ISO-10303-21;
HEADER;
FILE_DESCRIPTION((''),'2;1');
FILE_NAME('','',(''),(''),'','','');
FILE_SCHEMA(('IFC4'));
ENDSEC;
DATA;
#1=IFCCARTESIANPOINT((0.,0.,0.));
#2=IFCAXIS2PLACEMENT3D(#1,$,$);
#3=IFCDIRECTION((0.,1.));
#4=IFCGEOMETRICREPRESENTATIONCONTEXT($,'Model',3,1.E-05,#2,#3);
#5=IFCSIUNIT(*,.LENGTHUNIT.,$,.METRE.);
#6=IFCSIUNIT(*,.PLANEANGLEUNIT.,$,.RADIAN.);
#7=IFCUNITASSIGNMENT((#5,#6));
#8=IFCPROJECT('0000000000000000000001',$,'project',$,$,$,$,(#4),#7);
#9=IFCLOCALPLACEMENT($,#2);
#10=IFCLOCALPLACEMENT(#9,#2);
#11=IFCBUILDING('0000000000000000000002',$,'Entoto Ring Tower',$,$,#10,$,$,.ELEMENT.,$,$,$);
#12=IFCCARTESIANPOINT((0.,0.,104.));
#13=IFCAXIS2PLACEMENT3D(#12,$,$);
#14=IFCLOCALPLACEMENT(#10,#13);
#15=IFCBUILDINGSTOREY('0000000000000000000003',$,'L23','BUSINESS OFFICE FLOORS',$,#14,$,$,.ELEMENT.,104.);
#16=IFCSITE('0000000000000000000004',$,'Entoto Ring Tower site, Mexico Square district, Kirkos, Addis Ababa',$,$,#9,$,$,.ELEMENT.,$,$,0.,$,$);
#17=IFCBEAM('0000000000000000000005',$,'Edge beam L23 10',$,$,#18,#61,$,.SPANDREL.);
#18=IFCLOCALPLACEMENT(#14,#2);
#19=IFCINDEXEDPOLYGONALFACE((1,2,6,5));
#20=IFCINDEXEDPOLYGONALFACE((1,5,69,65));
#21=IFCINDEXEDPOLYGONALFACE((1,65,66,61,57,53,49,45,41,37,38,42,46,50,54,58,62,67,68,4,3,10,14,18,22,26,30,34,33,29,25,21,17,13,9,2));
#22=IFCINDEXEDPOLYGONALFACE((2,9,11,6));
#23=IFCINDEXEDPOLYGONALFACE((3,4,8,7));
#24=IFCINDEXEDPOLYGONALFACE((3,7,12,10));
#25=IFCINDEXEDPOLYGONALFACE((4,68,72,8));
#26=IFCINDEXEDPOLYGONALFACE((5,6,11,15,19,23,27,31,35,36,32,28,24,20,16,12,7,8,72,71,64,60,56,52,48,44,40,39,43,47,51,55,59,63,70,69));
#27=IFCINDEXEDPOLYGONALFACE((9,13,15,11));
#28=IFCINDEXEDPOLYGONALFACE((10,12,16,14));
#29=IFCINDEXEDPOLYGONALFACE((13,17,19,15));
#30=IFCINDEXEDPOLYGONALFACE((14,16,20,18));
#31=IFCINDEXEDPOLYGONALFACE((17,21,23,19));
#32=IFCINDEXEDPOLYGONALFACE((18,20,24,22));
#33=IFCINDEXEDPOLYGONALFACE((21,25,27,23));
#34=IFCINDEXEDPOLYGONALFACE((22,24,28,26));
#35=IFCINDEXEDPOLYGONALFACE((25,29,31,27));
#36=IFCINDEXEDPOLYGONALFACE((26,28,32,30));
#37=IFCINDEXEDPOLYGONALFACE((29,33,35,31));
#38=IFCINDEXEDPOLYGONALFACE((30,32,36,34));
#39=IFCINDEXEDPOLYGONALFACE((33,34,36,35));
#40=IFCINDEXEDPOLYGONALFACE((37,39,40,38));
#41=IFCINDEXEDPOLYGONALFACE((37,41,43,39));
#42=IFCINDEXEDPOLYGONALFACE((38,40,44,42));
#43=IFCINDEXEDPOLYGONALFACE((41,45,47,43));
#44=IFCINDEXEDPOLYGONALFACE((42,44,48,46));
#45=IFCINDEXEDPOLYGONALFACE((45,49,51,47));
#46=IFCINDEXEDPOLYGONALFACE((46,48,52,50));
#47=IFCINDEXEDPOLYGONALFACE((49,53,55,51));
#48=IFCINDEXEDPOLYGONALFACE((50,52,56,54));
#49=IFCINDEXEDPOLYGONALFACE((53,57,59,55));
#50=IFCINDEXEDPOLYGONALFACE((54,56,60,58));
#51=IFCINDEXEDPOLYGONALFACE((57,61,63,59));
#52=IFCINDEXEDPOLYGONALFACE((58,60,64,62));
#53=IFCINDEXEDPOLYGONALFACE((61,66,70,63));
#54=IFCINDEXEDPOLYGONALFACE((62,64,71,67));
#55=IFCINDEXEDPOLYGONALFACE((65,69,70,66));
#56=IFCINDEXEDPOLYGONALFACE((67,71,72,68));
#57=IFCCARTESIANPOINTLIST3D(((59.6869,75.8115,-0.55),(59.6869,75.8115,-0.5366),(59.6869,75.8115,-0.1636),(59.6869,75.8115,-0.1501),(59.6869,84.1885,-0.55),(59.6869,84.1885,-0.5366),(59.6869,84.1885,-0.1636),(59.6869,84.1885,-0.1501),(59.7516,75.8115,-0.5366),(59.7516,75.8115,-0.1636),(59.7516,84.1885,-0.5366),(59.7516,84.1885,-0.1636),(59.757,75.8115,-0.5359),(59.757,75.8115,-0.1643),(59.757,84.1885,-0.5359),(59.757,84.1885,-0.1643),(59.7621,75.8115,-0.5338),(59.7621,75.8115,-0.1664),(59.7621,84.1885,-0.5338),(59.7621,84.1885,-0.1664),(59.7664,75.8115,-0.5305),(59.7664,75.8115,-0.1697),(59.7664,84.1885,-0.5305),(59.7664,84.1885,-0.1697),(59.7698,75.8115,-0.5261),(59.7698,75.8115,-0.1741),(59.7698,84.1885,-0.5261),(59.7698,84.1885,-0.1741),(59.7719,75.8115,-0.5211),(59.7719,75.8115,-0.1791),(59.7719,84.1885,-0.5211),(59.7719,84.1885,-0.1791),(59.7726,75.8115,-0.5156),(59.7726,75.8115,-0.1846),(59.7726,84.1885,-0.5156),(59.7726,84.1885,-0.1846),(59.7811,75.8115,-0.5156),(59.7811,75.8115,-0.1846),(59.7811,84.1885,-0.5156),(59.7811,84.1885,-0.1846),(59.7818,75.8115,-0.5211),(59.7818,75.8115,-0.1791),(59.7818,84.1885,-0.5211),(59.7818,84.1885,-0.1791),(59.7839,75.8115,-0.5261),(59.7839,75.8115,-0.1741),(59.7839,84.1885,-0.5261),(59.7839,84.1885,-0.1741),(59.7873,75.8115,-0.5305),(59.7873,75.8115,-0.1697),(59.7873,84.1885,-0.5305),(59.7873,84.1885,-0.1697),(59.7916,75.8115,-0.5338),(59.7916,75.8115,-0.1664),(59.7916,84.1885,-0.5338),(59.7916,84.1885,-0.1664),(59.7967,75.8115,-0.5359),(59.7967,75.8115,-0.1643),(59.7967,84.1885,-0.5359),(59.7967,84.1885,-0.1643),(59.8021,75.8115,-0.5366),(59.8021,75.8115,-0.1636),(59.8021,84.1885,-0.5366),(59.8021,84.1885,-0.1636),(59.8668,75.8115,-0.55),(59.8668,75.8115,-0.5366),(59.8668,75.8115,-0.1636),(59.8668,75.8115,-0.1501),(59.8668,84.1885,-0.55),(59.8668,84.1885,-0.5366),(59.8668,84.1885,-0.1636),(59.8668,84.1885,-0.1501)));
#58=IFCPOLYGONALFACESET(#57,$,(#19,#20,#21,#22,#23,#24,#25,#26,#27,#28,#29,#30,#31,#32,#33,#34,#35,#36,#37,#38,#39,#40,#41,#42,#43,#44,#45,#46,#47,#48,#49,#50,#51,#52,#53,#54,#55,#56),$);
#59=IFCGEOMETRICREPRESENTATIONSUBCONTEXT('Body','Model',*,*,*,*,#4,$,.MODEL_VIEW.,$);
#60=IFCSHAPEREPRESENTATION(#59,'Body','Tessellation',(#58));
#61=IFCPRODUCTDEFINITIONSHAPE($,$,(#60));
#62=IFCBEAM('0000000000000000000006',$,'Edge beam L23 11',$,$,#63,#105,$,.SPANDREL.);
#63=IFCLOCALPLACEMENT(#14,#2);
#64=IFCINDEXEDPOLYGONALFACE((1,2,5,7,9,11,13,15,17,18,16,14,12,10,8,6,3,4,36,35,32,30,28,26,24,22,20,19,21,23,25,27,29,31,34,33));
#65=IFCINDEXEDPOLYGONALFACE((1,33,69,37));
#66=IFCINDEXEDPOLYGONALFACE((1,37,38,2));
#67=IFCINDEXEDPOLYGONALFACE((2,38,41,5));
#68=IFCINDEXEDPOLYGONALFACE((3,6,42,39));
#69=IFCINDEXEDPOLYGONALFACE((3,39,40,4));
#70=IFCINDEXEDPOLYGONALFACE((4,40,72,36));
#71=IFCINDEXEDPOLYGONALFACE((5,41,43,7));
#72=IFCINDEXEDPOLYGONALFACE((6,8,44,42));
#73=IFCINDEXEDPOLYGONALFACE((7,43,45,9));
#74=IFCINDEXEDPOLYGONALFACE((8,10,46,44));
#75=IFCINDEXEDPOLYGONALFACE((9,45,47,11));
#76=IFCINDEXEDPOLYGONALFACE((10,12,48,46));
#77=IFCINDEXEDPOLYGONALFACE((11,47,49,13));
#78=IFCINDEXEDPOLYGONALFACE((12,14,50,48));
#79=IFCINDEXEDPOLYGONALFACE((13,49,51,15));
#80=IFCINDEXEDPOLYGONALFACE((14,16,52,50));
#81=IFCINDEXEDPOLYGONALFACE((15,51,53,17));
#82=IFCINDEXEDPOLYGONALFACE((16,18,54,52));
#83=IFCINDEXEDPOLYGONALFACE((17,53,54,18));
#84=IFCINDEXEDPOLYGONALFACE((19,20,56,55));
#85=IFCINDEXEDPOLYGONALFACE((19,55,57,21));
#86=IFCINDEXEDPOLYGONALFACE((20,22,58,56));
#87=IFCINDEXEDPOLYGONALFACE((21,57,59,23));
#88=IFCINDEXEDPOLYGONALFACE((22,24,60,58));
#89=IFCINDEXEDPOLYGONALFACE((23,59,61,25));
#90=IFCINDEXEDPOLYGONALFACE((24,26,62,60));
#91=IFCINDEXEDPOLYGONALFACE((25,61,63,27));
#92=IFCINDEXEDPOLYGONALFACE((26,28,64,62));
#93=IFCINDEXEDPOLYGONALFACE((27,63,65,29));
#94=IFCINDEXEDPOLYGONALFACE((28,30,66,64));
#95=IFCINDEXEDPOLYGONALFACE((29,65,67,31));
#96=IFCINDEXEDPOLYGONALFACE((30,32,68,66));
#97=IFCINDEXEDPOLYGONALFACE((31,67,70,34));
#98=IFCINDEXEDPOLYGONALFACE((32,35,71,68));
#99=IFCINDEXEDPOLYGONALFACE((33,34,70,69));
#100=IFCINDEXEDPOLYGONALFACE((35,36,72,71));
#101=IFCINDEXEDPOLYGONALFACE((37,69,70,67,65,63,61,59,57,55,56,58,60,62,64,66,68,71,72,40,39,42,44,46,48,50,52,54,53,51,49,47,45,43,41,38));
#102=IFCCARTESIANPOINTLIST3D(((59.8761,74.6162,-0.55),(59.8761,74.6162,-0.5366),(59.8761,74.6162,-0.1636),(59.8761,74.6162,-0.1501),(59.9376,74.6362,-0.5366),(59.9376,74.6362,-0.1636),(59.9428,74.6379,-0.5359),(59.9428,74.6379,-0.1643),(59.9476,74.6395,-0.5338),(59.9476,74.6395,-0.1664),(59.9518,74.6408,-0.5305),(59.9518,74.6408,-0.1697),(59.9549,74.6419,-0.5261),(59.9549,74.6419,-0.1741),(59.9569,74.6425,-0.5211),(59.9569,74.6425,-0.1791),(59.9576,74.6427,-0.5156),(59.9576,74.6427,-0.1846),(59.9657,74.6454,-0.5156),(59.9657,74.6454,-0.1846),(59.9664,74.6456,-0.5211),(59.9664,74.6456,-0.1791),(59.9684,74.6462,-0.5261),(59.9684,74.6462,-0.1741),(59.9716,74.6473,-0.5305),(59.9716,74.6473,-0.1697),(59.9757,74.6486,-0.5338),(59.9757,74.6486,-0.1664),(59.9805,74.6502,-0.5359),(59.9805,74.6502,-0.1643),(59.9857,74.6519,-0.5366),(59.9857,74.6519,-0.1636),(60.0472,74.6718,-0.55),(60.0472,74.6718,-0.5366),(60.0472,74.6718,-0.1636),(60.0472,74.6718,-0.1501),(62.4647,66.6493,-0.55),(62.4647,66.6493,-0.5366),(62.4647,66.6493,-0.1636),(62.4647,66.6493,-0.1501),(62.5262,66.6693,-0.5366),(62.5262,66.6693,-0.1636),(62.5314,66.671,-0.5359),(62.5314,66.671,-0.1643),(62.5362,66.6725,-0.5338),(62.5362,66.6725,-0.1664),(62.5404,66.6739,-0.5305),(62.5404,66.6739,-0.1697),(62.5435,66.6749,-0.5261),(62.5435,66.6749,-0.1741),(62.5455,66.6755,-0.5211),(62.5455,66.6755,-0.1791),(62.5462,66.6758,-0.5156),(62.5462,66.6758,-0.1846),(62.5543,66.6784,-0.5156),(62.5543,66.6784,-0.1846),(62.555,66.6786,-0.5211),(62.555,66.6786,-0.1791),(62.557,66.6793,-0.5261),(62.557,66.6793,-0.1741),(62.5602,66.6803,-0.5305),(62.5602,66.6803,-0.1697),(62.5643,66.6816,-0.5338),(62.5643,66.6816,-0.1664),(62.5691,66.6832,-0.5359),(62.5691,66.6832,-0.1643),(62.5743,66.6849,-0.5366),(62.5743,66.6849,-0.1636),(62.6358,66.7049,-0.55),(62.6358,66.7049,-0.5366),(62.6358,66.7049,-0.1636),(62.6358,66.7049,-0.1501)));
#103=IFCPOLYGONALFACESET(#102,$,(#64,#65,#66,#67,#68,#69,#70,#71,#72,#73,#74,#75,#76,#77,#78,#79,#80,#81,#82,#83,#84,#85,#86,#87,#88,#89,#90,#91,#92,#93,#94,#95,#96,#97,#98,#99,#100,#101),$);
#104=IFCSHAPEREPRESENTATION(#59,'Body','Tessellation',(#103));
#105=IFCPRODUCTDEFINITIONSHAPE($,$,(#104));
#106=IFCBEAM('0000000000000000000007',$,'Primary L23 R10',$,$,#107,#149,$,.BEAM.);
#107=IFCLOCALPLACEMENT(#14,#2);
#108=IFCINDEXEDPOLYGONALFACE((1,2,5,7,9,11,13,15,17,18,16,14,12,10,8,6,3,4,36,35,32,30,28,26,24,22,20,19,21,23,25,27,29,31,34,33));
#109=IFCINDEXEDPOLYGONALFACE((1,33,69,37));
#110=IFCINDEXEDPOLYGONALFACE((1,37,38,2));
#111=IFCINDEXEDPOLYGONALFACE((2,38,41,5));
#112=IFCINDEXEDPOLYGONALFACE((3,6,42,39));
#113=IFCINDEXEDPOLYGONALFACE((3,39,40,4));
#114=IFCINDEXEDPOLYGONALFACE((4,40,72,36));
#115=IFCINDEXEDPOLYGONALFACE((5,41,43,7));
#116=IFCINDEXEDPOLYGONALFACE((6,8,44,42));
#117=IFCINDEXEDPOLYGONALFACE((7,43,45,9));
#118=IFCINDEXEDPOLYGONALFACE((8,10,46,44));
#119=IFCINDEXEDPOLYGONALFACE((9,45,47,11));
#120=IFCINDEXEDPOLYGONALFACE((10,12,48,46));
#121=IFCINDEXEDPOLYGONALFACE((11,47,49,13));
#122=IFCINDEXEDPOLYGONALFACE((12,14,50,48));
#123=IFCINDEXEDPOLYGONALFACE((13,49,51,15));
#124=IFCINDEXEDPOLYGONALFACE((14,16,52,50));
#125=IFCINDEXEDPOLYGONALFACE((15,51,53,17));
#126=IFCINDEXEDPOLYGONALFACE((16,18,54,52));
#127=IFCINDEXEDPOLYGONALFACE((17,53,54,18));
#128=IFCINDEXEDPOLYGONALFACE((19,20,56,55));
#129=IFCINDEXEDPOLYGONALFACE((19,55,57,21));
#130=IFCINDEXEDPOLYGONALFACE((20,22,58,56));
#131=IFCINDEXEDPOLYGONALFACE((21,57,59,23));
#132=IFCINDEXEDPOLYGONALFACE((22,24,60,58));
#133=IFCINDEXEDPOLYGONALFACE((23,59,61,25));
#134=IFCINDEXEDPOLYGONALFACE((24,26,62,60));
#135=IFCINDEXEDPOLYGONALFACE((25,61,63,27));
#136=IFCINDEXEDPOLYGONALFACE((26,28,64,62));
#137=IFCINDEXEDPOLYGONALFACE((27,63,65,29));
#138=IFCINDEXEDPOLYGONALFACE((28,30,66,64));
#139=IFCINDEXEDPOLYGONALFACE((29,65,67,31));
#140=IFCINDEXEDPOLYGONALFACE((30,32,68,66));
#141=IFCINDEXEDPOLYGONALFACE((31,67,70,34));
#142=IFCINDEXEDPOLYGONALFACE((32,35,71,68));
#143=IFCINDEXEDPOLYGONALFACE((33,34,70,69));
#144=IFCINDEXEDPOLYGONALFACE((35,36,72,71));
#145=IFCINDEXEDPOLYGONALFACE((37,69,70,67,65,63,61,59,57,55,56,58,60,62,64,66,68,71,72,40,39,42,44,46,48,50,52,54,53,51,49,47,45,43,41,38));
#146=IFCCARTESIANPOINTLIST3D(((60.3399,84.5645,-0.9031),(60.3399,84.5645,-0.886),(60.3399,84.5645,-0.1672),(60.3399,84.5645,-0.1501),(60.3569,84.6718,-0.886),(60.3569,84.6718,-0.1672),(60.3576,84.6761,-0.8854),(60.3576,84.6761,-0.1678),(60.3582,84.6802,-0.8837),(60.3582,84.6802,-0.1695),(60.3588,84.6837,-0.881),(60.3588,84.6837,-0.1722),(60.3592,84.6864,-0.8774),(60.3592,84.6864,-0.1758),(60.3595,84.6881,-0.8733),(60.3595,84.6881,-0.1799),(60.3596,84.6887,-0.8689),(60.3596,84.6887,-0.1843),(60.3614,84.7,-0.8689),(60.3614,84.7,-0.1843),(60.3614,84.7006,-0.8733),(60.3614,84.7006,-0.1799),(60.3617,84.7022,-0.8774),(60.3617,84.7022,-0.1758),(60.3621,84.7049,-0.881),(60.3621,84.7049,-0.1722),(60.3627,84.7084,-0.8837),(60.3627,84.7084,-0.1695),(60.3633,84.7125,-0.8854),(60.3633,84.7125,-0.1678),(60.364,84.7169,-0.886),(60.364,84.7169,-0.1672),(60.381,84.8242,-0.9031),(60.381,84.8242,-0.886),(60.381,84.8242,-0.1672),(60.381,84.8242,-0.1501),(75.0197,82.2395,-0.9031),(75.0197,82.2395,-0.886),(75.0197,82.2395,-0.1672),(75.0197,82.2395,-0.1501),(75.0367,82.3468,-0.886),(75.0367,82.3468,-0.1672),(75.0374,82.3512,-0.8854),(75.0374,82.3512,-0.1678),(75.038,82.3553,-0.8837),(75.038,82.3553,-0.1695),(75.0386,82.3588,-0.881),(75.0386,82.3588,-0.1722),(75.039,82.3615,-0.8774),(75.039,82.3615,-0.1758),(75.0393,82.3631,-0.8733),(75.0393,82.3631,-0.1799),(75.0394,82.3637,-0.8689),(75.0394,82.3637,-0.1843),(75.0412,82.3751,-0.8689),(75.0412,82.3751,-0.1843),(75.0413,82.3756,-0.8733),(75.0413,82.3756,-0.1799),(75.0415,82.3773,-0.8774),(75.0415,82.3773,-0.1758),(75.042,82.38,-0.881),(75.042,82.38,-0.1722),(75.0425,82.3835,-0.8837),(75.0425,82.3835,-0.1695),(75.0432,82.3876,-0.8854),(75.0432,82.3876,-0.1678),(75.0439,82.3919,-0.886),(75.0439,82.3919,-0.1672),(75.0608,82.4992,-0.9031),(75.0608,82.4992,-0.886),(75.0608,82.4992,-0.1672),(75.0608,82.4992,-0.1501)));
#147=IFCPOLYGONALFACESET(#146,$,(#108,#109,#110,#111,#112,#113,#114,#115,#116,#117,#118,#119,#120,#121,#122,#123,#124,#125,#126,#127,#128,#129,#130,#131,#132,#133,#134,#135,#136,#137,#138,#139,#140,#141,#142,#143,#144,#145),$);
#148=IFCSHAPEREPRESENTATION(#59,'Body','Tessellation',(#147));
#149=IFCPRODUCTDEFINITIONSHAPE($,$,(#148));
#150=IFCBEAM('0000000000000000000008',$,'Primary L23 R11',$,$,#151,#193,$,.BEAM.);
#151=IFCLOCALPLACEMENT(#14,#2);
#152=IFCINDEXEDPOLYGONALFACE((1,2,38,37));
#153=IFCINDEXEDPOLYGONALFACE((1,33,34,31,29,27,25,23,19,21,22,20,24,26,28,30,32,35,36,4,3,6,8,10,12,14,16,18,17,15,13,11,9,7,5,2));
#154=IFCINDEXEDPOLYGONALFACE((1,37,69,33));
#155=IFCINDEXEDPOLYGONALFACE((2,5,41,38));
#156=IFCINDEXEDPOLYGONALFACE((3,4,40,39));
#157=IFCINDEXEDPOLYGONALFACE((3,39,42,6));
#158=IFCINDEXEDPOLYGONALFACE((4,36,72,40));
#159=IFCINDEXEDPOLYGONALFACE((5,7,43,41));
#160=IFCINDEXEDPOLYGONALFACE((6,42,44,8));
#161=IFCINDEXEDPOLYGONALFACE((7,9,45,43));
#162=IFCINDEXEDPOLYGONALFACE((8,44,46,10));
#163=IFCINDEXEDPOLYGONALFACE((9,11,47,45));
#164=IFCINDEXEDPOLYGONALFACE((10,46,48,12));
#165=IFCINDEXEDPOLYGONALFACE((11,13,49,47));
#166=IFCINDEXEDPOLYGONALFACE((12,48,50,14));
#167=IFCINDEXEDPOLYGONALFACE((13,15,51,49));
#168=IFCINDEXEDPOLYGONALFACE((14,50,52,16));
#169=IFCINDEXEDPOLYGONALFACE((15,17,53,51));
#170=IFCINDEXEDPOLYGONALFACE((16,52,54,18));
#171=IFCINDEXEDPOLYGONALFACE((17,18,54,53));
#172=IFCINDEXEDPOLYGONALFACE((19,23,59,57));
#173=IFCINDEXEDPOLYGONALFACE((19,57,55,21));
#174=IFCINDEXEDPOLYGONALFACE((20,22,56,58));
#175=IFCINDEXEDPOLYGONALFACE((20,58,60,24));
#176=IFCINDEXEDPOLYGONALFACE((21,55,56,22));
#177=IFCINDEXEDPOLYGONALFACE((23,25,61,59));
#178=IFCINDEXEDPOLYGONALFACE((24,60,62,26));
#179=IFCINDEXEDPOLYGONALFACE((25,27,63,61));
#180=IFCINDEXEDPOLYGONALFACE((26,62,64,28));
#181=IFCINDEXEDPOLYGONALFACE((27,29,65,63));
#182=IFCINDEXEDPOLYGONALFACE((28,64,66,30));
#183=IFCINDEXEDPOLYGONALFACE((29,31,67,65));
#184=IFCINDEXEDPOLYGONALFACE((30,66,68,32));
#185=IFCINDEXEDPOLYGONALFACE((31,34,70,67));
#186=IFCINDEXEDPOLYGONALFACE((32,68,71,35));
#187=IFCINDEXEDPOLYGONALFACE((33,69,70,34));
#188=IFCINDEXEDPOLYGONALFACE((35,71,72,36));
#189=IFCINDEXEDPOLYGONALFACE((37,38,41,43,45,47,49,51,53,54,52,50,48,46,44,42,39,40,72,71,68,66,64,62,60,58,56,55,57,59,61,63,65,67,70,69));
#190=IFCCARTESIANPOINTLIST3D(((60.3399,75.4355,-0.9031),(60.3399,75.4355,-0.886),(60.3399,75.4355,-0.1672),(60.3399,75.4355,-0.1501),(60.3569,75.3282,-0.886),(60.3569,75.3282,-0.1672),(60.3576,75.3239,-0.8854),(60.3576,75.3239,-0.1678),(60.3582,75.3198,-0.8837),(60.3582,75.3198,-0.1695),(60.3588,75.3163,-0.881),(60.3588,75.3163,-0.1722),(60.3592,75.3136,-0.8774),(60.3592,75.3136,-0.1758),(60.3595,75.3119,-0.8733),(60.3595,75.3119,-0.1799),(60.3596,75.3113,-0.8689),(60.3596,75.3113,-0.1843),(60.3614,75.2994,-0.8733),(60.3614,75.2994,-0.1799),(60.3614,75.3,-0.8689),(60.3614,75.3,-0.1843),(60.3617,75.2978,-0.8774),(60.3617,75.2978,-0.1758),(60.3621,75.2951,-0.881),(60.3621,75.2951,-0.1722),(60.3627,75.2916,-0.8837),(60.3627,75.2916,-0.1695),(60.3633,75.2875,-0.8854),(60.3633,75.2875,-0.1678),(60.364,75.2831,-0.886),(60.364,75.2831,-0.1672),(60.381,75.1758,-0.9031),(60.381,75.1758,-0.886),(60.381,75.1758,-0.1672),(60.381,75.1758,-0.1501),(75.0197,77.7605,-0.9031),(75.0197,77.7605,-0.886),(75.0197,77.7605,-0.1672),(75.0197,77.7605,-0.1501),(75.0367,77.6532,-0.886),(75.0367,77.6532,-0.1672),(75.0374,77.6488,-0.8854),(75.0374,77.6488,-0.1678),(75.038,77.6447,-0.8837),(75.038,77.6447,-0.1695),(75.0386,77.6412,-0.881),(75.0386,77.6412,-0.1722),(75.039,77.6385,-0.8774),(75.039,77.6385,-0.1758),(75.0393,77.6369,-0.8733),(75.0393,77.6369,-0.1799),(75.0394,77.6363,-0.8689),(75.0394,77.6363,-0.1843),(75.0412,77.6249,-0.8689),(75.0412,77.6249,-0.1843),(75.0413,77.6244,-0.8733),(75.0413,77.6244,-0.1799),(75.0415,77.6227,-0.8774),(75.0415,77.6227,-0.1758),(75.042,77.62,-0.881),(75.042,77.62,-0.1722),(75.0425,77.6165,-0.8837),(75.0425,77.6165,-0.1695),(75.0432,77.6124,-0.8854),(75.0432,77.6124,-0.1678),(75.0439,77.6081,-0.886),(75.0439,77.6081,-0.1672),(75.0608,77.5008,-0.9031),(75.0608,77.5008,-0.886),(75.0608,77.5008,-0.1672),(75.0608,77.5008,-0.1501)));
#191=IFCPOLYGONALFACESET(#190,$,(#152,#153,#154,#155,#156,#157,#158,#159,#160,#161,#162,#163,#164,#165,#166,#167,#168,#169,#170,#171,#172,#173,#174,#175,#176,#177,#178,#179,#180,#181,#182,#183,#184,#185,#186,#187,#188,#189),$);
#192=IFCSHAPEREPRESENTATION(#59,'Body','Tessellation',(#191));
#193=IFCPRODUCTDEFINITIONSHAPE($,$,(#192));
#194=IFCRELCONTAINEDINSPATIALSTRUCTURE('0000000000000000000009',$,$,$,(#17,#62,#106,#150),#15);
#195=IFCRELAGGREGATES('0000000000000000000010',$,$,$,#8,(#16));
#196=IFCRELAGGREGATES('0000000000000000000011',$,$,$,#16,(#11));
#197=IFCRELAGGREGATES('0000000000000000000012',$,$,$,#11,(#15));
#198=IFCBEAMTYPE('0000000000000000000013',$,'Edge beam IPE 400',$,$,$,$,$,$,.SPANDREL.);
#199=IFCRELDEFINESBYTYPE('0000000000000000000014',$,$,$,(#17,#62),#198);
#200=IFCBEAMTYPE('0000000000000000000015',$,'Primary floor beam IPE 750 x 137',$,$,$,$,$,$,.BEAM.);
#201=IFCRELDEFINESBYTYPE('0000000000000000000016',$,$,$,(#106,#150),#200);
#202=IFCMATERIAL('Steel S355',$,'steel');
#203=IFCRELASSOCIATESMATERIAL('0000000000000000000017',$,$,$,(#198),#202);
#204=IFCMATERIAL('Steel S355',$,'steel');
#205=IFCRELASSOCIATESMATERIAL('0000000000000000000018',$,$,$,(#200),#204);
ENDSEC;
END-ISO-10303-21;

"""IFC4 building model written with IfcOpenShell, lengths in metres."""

from ifc_helpers import new_model, si_unit, direction, frame, origin, origin_2d, place, context, subcontext, project, spatial, i_section, extrude, material, material_profile, profile_set, type_object, element, save


model = new_model("IFC4")

# Units and contexts
model_context = context("Model", 3, precision=1e-05, world=origin(), true_north=direction((0.0, 1.0)))
body_context = subcontext(model_context, "Body", "Model", "MODEL_VIEW")
ifc_project = project(units=[si_unit("LENGTHUNIT", "METRE"), si_unit("PLANEANGLEUNIT", "RADIAN")], contexts=[model_context])

# Site, building, storey
site_placement = place(None, origin())
site = spatial("IfcSite", under=ifc_project, at=site_placement, Name="Entoto Ring Tower site, Mexico Square district, Kirkos, Addis Ababa", CompositionType="ELEMENT", RefElevation=0.0)
building_placement = place(site_placement, origin())
building = spatial("IfcBuilding", under=site, at=building_placement, Name="Entoto Ring Tower", CompositionType="ELEMENT")
storey_placement = place(building_placement, frame((0.0, 0.0, 104.0)))
storey = spatial("IfcBuildingStorey", under=building, at=storey_placement, Name="L23", Description="BUSINESS OFFICE FLOORS", CompositionType="ELEMENT", Elevation=104.0)

# Beams
ifc_material_1 = material(Name="Steel S355", Category="steel")
ifc_material_profile_1 = material_profile(ifc_material_1, i_section(OverallWidth=0.1799, OverallDepth=0.3999, WebThickness=0.0085, FlangeThickness=0.0134, FilletRadius=0.021, at=origin_2d()), Name="IPE 400")
ifc_profile_set_1 = profile_set([ifc_material_profile_1], Name="Steel S355")
beam_type_1 = type_object("IfcBeamType", Name="Edge beam IPE 400", PredefinedType="SPANDREL", material=ifc_profile_set_1)
for number, where, z_axis, x_axis, name in (
    (1, (59.7769, 84.1885, -0.3501), (0.0, -1.0, 0.0), (1.0, 0.0, 0.0), "Edge beam L23 10"),
    (2, (59.9617, 74.644, -0.3501), (0.309014, -0.951057, 0.0), (0.951057, 0.309014, 0.0), "Edge beam L23 11"),
):
    element("IfcBeam", number, at=place(storey_placement, frame(where, z_axis=z_axis, x_axis=x_axis)), inside=storey, type_object=beam_type_1, Name=name, PredefinedType="SPANDREL", context=body_context, shape_type="SweptSolid", body=[
        extrude(i_section(OverallWidth=0.1799, OverallDepth=0.3999, WebThickness=0.0085, FlangeThickness=0.0134, FilletRadius=0.021, at=origin_2d()), origin(), (0.0, 0.0, 1.0), 8.377),
    ])
ifc_material_2 = material(Name="Steel S355", Category="steel")
ifc_material_profile_2 = material_profile(ifc_material_2, i_section(OverallWidth=0.2629, OverallDepth=0.7529, WebThickness=0.0115, FlangeThickness=0.0171, FilletRadius=0.0171, at=origin_2d()), Name="IPE 750 x 137")
ifc_profile_set_2 = profile_set([ifc_material_profile_2], Name="Steel S355")
beam_type_2 = type_object("IfcBeamType", Name="Primary floor beam IPE 750 x 137", PredefinedType="BEAM", material=ifc_profile_set_2)
for number, where, z_axis, x_axis, name in (
    (3, (75.0403, 82.3694, -0.5266), (-0.98769, 0.156426, 0.0), (-0.156426, -0.98769, 0.0), "Primary L23 R10"),
    (4, (75.0403, 77.6306, -0.5266), (-0.98769, -0.156426, 0.0), (0.156426, -0.98769, 0.0), "Primary L23 R11"),
):
    element("IfcBeam", number, at=place(storey_placement, frame(where, z_axis=z_axis, x_axis=x_axis)), inside=storey, type_object=beam_type_2, Name=name, PredefinedType="BEAM", context=body_context, shape_type="SweptSolid", body=[
        extrude(i_section(OverallWidth=0.2629, OverallDepth=0.7529, WebThickness=0.0115, FlangeThickness=0.0171, FilletRadius=0.0171, at=origin_2d()), origin(), (0.0, 0.0, 1.0), 14.8628),
    ])

save(model, "model.ifc")
